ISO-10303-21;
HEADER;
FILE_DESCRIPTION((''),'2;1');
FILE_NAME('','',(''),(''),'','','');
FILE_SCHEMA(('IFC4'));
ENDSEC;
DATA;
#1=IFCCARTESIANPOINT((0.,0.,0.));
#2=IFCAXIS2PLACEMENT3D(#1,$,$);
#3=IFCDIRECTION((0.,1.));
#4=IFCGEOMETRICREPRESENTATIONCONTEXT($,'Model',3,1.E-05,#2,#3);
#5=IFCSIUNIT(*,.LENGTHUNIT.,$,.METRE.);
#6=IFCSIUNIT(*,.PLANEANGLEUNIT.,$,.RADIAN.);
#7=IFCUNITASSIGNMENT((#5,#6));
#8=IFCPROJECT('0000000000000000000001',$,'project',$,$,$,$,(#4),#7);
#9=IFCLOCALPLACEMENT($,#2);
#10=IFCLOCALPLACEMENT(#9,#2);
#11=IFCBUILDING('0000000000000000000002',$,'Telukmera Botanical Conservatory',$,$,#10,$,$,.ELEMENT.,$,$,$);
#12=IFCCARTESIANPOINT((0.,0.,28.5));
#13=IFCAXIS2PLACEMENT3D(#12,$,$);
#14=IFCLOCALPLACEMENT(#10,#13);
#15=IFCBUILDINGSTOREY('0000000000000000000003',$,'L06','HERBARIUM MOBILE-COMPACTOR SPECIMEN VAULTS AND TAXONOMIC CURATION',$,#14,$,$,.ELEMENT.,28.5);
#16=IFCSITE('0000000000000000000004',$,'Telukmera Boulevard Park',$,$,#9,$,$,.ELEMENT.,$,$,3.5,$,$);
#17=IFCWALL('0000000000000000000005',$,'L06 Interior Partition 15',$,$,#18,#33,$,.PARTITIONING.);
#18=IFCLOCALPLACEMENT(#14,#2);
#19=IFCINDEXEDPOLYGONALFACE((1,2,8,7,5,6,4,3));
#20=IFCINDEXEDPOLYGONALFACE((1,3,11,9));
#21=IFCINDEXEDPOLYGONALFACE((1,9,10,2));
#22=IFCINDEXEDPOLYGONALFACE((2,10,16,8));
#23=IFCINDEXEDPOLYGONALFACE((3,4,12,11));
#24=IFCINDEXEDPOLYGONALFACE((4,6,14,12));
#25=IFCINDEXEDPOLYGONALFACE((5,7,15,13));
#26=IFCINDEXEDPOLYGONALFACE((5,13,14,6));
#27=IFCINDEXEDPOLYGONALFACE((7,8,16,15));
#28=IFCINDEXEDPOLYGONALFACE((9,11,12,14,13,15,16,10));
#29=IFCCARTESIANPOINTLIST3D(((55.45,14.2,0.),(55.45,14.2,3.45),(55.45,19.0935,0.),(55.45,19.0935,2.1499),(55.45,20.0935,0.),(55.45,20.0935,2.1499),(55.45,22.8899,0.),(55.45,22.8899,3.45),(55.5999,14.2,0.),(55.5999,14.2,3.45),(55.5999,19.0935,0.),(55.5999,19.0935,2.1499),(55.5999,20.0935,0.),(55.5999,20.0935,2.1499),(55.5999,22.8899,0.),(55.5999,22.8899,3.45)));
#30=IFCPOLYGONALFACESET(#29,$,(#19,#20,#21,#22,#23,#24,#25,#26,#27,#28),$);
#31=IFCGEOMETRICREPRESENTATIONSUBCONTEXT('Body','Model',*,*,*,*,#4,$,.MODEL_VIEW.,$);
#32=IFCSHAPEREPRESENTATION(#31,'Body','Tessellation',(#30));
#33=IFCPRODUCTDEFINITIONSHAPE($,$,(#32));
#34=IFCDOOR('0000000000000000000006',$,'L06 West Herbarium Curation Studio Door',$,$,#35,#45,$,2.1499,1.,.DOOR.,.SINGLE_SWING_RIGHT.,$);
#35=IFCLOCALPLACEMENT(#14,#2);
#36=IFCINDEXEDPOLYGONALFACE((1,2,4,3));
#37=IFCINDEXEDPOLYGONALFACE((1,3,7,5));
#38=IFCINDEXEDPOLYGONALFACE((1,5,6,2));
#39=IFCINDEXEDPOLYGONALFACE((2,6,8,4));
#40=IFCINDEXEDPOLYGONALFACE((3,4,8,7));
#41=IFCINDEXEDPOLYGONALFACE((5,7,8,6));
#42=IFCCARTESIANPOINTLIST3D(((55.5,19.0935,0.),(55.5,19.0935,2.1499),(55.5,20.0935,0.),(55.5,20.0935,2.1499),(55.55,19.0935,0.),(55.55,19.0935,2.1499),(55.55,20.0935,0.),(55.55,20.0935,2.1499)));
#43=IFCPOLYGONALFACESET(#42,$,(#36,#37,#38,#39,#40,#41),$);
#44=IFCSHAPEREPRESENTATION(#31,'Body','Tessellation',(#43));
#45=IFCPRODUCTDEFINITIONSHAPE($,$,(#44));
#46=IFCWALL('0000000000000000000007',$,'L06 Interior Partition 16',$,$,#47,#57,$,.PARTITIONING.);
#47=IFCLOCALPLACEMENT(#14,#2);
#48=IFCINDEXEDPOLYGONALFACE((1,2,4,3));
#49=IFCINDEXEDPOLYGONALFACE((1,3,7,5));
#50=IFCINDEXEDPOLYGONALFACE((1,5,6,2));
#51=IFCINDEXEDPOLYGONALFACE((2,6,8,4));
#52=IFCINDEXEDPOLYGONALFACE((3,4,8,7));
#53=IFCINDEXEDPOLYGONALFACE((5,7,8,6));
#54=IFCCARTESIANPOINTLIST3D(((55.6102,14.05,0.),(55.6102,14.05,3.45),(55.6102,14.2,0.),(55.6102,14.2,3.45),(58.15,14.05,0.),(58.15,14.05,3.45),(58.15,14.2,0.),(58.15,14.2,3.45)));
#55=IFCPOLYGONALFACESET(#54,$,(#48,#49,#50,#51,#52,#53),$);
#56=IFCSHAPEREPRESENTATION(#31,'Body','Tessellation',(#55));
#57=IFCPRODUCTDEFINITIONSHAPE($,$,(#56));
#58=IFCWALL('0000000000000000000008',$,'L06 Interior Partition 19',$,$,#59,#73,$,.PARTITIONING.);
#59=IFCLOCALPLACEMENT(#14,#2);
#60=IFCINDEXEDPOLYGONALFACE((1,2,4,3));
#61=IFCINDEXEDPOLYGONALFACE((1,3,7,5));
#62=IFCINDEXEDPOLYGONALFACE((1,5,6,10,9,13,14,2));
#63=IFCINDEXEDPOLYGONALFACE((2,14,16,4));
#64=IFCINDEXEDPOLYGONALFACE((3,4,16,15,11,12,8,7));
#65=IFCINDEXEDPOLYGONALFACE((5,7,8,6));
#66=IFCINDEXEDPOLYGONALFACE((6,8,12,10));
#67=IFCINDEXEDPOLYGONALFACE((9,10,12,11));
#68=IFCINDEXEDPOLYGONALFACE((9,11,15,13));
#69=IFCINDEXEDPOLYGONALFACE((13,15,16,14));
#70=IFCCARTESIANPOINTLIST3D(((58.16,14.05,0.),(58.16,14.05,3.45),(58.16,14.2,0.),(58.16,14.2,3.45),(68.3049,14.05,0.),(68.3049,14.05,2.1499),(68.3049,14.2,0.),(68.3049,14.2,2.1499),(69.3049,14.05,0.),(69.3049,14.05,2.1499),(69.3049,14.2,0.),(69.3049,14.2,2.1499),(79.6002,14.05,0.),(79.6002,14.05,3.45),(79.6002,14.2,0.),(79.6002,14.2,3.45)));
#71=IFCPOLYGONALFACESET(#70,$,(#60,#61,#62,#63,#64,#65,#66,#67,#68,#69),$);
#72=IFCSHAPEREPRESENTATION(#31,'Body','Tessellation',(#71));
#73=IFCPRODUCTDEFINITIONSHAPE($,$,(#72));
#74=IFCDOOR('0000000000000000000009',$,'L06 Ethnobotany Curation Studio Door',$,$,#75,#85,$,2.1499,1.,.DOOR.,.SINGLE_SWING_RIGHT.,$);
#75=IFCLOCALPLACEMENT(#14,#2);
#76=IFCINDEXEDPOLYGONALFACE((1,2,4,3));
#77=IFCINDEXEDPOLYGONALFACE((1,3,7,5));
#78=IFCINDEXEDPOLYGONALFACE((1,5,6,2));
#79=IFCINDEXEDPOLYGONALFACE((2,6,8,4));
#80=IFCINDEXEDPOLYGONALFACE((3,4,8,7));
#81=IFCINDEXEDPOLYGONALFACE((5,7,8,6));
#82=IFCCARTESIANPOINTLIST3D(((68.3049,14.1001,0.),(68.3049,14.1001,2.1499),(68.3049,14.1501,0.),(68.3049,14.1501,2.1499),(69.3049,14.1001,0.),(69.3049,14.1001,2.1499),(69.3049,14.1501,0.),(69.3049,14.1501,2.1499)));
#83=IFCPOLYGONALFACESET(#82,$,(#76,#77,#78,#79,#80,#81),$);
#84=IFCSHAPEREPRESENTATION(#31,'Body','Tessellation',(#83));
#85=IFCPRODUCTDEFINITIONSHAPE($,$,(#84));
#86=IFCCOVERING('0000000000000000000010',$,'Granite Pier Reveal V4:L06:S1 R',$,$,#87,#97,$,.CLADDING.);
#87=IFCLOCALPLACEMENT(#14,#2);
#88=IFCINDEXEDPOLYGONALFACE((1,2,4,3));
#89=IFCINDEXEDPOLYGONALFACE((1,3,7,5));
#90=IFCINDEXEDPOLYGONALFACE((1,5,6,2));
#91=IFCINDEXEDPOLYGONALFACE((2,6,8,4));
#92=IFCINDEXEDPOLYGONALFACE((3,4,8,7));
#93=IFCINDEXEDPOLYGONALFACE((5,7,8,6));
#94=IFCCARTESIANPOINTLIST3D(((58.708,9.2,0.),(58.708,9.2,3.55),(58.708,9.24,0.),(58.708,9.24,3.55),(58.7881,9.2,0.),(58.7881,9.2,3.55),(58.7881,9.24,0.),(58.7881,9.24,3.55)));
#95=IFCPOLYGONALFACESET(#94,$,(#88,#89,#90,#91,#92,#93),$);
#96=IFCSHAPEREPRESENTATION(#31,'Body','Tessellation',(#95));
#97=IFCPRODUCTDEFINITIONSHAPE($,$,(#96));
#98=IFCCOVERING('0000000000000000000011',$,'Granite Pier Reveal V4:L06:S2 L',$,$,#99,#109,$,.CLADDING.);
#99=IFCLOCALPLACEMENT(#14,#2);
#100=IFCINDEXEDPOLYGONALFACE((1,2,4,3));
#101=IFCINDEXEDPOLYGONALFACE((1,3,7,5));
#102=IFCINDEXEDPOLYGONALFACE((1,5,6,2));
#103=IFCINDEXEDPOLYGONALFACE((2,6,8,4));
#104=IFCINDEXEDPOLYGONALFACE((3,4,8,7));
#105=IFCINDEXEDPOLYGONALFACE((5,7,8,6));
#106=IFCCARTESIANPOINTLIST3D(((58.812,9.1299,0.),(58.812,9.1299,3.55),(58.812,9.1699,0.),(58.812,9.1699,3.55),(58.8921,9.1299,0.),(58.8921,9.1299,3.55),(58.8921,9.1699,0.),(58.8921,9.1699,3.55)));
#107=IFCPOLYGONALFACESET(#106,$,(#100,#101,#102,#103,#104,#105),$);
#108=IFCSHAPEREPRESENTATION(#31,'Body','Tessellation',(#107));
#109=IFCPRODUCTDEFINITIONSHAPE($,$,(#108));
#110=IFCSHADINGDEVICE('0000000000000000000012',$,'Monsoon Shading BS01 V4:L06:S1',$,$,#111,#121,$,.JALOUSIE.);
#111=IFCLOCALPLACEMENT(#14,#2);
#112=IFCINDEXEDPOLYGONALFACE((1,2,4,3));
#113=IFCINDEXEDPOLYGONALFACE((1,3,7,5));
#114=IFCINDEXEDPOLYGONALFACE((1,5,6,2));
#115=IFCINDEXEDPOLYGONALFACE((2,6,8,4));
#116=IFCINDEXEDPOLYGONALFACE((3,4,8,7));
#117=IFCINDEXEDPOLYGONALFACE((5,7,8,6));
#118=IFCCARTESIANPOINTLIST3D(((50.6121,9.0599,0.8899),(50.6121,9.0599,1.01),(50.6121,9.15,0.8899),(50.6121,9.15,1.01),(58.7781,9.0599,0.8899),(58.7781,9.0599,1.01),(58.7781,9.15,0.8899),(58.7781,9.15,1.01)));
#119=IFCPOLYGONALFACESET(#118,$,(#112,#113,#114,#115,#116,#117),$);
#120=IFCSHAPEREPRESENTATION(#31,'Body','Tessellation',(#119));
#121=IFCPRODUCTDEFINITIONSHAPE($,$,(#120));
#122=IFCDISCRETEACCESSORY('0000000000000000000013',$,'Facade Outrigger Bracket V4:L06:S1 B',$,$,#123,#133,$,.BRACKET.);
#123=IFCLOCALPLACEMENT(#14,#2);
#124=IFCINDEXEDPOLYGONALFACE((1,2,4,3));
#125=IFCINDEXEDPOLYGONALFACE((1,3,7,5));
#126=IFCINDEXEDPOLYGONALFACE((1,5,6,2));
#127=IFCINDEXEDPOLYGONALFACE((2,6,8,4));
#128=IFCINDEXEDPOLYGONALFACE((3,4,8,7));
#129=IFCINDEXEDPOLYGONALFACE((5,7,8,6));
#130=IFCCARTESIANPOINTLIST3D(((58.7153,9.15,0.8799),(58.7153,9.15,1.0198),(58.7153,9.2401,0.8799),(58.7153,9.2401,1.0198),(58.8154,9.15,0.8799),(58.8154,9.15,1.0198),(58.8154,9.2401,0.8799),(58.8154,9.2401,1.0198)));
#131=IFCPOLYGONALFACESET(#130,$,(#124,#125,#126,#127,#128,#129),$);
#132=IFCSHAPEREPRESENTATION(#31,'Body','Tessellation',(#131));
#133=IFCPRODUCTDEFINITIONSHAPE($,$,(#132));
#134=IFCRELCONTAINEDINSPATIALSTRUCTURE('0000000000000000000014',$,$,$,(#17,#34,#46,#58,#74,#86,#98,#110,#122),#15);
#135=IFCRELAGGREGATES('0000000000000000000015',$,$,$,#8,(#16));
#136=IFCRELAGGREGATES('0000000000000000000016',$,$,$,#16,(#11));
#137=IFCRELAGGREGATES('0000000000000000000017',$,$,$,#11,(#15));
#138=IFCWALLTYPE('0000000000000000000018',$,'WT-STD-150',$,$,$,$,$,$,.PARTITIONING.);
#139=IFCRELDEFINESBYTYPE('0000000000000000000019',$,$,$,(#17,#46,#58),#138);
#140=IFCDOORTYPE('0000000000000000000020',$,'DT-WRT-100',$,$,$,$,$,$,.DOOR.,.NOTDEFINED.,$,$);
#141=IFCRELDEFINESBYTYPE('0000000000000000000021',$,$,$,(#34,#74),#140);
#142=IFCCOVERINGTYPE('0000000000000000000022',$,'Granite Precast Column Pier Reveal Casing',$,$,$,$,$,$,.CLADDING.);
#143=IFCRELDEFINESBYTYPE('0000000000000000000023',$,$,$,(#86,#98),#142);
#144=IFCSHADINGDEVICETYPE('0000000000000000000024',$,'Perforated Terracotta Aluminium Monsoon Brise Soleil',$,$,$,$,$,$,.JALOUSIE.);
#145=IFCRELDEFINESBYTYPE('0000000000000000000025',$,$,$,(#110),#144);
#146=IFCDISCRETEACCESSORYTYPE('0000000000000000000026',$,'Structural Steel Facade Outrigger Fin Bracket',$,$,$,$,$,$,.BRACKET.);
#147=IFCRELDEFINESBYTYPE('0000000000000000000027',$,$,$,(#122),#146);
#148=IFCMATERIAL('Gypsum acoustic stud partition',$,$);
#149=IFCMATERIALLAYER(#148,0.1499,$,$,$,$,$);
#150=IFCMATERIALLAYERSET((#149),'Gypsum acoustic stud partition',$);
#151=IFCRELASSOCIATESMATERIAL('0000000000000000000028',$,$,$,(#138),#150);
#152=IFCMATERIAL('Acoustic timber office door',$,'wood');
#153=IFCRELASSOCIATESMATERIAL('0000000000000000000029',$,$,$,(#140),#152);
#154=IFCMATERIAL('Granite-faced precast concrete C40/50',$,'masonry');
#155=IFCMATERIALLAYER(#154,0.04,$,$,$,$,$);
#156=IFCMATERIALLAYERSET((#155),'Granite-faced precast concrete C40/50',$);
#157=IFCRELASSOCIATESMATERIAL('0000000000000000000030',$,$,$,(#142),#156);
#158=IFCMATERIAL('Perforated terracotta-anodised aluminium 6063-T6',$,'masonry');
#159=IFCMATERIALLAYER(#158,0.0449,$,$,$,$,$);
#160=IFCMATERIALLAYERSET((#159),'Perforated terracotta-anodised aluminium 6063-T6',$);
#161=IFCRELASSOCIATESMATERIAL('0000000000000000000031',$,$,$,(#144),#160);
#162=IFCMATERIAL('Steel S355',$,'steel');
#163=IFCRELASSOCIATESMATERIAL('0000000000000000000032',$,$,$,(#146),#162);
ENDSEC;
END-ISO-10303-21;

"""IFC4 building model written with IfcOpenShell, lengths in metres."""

from ifc_helpers import new_model, si_unit, direction, frame, frame_2d, origin, origin_2d, place, context, subcontext, project, spatial, rectangle, extrude, material, layer, layer_set, type_object, element, fill, save


model = new_model("IFC4")

# Units and contexts
model_context = context("Model", 3, precision=1e-05, world=origin(), true_north=direction((0.0, 1.0)))
body_context = subcontext(model_context, "Body", "Model", "MODEL_VIEW")
ifc_project = project(units=[si_unit("LENGTHUNIT", "METRE"), si_unit("PLANEANGLEUNIT", "RADIAN")], contexts=[model_context])

# Site, building, storey
site_placement = place(None, origin())
site = spatial("IfcSite", under=ifc_project, at=site_placement, Name="Telukmera Boulevard Park", CompositionType="ELEMENT", RefElevation=3.5)
building_placement = place(site_placement, origin())
building = spatial("IfcBuilding", under=site, at=building_placement, Name="Telukmera Botanical Conservatory", CompositionType="ELEMENT")
storey_placement = place(building_placement, frame((0.0, 0.0, 28.5)))
storey = spatial("IfcBuildingStorey", under=building, at=storey_placement, Name="L06", Description="HERBARIUM MOBILE-COMPACTOR SPECIMEN VAULTS AND TAXONOMIC CURATION", CompositionType="ELEMENT", Elevation=28.5)

# Wall, opening, door
ifc_material_1 = material(Name="Gypsum acoustic stud partition")
ifc_layer_1 = layer(ifc_material_1, 0.1499)
ifc_layer_set_1 = layer_set([ifc_layer_1], Name="Gypsum acoustic stud partition")
wall_type_1 = type_object("IfcWallType", Name="WT-STD-150", PredefinedType="PARTITIONING", material=ifc_layer_set_1)
wall_1_placement = place(storey_placement, frame((55.5249, 14.2, 0.0), z_axis=(0.0, 0.0, 1.0), x_axis=(0.0, 1.0, 0.0)))
wall_1 = element("IfcWall", 1, at=wall_1_placement, inside=storey, type_object=wall_type_1, Name="L06 Interior Partition 15", PredefinedType="PARTITIONING", context=body_context, shape_type="SweptSolid", body=[
    extrude(rectangle(XDim=8.6899, YDim=0.1499, at=frame_2d((4.345, 0.0))), origin(), (0.0, 0.0, 1.0), 3.45),
])
opening_1_placement = place(wall_1_placement, frame((4.8936, 0.0, 0.0)))
opening_1 = element("IfcOpeningElement", 2, at=opening_1_placement, cuts=wall_1, PredefinedType="OPENING", context=body_context, shape_type="SweptSolid", body=[
    extrude(rectangle(XDim=1.0, YDim=2.1499, at=frame_2d((0.5, 1.075))), frame((0.0, 0.085, 0.0), z_axis=(0.0, -1.0, 0.0), x_axis=(1.0, 0.0, 0.0)), (0.0, 0.0, 1.0), 0.1699),
])
ifc_material_2 = material(Name="Acoustic timber office door", Category="wood")
door_type = type_object("IfcDoorType", Name="DT-WRT-100", OperationType="NOTDEFINED", PredefinedType="DOOR", material=ifc_material_2)
door_1_placement = place(opening_1_placement, origin())
door_1 = element("IfcDoor", 3, at=door_1_placement, inside=storey, type_object=door_type, Name="L06 West Herbarium Curation Studio Door", OperationType="SINGLE_SWING_RIGHT", OverallHeight=2.1499, OverallWidth=1.0, PredefinedType="DOOR", context=body_context, shape_type="SweptSolid", body=[
    extrude(rectangle(XDim=1.0, YDim=2.1499, at=frame_2d((0.5, 1.075))), frame((0.0, 0.0249, 0.0), z_axis=(0.0, -1.0, 0.0), x_axis=(1.0, 0.0, 0.0)), (0.0, 0.0, 1.0), 0.05),
])
fill(opening_1, door_1)

# Wall
wall_2_placement = place(storey_placement, frame((55.6101, 14.125, 0.0), z_axis=(0.0, 0.0, 1.0), x_axis=(1.0, 0.0, 0.0)))
element("IfcWall", 4, at=wall_2_placement, inside=storey, type_object=wall_type_1, Name="L06 Interior Partition 16", PredefinedType="PARTITIONING", context=body_context, shape_type="SweptSolid", body=[
    extrude(rectangle(XDim=2.5398, YDim=0.1499, at=frame_2d((1.27, 0.0))), origin(), (0.0, 0.0, 1.0), 3.45),
])

# Wall, opening, door
wall_3_placement = place(storey_placement, frame((58.1599, 14.125, 0.0), z_axis=(0.0, 0.0, 1.0), x_axis=(1.0, 0.0, 0.0)))
wall_3 = element("IfcWall", 5, at=wall_3_placement, inside=storey, type_object=wall_type_1, Name="L06 Interior Partition 19", PredefinedType="PARTITIONING", context=body_context, shape_type="SweptSolid", body=[
    extrude(rectangle(XDim=21.4402, YDim=0.1499, at=frame_2d((10.7202, 0.0))), origin(), (0.0, 0.0, 1.0), 3.45),
])
opening_2_placement = place(wall_3_placement, frame((10.145, 0.0, 0.0)))
opening_2 = element("IfcOpeningElement", 6, at=opening_2_placement, cuts=wall_3, PredefinedType="OPENING", context=body_context, shape_type="SweptSolid", body=[
    extrude(rectangle(XDim=1.0, YDim=2.1499, at=frame_2d((0.5, 1.075))), frame((0.0, 0.085, 0.0), z_axis=(0.0, -1.0, 0.0), x_axis=(1.0, 0.0, 0.0)), (0.0, 0.0, 1.0), 0.1699),
])
door_2_placement = place(opening_2_placement, frame((1.0, 0.0, 0.0), z_axis=(0.0, 0.0, 1.0), x_axis=(-1.0, 0.0, 0.0)))
door_2 = element("IfcDoor", 7, at=door_2_placement, inside=storey, type_object=door_type, Name="L06 Ethnobotany Curation Studio Door", OperationType="SINGLE_SWING_RIGHT", OverallHeight=2.1499, OverallWidth=1.0, PredefinedType="DOOR", context=body_context, shape_type="SweptSolid", body=[
    extrude(rectangle(XDim=1.0, YDim=2.1499, at=frame_2d((0.5, 1.075))), frame((0.0, 0.0249, 0.0), z_axis=(0.0, -1.0, 0.0), x_axis=(1.0, 0.0, 0.0)), (0.0, 0.0, 1.0), 0.05),
])
fill(opening_2, door_2)

# Coverings
ifc_material_3 = material(Name="Granite-faced precast concrete C40/50", Category="masonry")
ifc_layer_2 = layer(ifc_material_3, 0.04)
ifc_layer_set_2 = layer_set([ifc_layer_2], Name="Granite-faced precast concrete C40/50")
covering_type = type_object("IfcCoveringType", Name="Granite Precast Column Pier Reveal Casing", PredefinedType="CLADDING", material=ifc_layer_set_2)
for number, where, z_axis, x_axis, name in (
    (8, (58.748, 9.22, 0.0), (0.0, 0.0, 1.0), (1.0, 0.0, 0.0), "Granite Pier Reveal V4:L06:S1 R"),
    (9, (58.8521, 9.1499, 0.0), (0.0, 0.0, 1.0), (1.0, 0.0, 0.0), "Granite Pier Reveal V4:L06:S2 L"),
):
    element("IfcCovering", number, at=place(storey_placement, frame(where, z_axis=z_axis, x_axis=x_axis)), inside=storey, type_object=covering_type, Name=name, PredefinedType="CLADDING", context=body_context, shape_type="SweptSolid", body=[
        extrude(rectangle(XDim=0.0801, YDim=0.04, at=origin_2d()), origin(), (0.0, 0.0, 1.0), 3.55),
    ])

# Shading device
ifc_material_4 = material(Name="Perforated terracotta-anodised aluminium 6063-T6", Category="masonry")
ifc_layer_3 = layer(ifc_material_4, 0.0449)
ifc_layer_set_3 = layer_set([ifc_layer_3], Name="Perforated terracotta-anodised aluminium 6063-T6")
shading_device_type = type_object("IfcShadingDeviceType", Name="Perforated Terracotta Aluminium Monsoon Brise Soleil", PredefinedType="JALOUSIE", material=ifc_layer_set_3)
shading_device_placement = place(storey_placement, frame((54.6951, 9.105, 0.8899), z_axis=(0.0, 0.0, 1.0), x_axis=(1.0, 0.0, 0.0)))
element("IfcShadingDevice", 10, at=shading_device_placement, inside=storey, type_object=shading_device_type, Name="Monsoon Shading BS01 V4:L06:S1", PredefinedType="JALOUSIE", context=body_context, shape_type="SweptSolid", body=[
    extrude(rectangle(XDim=8.166, YDim=0.0901, at=origin_2d()), origin(), (0.0, 0.0, 1.0), 0.1201),
])

# Discrete accessory
ifc_material_5 = material(Name="Steel S355", Category="steel")
discrete_accessory_type = type_object("IfcDiscreteAccessoryType", Name="Structural Steel Facade Outrigger Fin Bracket", PredefinedType="BRACKET", material=ifc_material_5)
discrete_accessory_placement = place(storey_placement, frame((58.7654, 9.1951, 0.8799), z_axis=(0.0, 0.0, 1.0), x_axis=(1.0, 0.0, 0.0)))
element("IfcDiscreteAccessory", 11, at=discrete_accessory_placement, inside=storey, type_object=discrete_accessory_type, Name="Facade Outrigger Bracket V4:L06:S1 B", PredefinedType="BRACKET", context=body_context, shape_type="SweptSolid", body=[
    extrude(rectangle(XDim=0.1001, YDim=0.0901, at=origin_2d()), origin(), (0.0, 0.0, 1.0), 0.1399),
])

save(model, "model.ifc")
